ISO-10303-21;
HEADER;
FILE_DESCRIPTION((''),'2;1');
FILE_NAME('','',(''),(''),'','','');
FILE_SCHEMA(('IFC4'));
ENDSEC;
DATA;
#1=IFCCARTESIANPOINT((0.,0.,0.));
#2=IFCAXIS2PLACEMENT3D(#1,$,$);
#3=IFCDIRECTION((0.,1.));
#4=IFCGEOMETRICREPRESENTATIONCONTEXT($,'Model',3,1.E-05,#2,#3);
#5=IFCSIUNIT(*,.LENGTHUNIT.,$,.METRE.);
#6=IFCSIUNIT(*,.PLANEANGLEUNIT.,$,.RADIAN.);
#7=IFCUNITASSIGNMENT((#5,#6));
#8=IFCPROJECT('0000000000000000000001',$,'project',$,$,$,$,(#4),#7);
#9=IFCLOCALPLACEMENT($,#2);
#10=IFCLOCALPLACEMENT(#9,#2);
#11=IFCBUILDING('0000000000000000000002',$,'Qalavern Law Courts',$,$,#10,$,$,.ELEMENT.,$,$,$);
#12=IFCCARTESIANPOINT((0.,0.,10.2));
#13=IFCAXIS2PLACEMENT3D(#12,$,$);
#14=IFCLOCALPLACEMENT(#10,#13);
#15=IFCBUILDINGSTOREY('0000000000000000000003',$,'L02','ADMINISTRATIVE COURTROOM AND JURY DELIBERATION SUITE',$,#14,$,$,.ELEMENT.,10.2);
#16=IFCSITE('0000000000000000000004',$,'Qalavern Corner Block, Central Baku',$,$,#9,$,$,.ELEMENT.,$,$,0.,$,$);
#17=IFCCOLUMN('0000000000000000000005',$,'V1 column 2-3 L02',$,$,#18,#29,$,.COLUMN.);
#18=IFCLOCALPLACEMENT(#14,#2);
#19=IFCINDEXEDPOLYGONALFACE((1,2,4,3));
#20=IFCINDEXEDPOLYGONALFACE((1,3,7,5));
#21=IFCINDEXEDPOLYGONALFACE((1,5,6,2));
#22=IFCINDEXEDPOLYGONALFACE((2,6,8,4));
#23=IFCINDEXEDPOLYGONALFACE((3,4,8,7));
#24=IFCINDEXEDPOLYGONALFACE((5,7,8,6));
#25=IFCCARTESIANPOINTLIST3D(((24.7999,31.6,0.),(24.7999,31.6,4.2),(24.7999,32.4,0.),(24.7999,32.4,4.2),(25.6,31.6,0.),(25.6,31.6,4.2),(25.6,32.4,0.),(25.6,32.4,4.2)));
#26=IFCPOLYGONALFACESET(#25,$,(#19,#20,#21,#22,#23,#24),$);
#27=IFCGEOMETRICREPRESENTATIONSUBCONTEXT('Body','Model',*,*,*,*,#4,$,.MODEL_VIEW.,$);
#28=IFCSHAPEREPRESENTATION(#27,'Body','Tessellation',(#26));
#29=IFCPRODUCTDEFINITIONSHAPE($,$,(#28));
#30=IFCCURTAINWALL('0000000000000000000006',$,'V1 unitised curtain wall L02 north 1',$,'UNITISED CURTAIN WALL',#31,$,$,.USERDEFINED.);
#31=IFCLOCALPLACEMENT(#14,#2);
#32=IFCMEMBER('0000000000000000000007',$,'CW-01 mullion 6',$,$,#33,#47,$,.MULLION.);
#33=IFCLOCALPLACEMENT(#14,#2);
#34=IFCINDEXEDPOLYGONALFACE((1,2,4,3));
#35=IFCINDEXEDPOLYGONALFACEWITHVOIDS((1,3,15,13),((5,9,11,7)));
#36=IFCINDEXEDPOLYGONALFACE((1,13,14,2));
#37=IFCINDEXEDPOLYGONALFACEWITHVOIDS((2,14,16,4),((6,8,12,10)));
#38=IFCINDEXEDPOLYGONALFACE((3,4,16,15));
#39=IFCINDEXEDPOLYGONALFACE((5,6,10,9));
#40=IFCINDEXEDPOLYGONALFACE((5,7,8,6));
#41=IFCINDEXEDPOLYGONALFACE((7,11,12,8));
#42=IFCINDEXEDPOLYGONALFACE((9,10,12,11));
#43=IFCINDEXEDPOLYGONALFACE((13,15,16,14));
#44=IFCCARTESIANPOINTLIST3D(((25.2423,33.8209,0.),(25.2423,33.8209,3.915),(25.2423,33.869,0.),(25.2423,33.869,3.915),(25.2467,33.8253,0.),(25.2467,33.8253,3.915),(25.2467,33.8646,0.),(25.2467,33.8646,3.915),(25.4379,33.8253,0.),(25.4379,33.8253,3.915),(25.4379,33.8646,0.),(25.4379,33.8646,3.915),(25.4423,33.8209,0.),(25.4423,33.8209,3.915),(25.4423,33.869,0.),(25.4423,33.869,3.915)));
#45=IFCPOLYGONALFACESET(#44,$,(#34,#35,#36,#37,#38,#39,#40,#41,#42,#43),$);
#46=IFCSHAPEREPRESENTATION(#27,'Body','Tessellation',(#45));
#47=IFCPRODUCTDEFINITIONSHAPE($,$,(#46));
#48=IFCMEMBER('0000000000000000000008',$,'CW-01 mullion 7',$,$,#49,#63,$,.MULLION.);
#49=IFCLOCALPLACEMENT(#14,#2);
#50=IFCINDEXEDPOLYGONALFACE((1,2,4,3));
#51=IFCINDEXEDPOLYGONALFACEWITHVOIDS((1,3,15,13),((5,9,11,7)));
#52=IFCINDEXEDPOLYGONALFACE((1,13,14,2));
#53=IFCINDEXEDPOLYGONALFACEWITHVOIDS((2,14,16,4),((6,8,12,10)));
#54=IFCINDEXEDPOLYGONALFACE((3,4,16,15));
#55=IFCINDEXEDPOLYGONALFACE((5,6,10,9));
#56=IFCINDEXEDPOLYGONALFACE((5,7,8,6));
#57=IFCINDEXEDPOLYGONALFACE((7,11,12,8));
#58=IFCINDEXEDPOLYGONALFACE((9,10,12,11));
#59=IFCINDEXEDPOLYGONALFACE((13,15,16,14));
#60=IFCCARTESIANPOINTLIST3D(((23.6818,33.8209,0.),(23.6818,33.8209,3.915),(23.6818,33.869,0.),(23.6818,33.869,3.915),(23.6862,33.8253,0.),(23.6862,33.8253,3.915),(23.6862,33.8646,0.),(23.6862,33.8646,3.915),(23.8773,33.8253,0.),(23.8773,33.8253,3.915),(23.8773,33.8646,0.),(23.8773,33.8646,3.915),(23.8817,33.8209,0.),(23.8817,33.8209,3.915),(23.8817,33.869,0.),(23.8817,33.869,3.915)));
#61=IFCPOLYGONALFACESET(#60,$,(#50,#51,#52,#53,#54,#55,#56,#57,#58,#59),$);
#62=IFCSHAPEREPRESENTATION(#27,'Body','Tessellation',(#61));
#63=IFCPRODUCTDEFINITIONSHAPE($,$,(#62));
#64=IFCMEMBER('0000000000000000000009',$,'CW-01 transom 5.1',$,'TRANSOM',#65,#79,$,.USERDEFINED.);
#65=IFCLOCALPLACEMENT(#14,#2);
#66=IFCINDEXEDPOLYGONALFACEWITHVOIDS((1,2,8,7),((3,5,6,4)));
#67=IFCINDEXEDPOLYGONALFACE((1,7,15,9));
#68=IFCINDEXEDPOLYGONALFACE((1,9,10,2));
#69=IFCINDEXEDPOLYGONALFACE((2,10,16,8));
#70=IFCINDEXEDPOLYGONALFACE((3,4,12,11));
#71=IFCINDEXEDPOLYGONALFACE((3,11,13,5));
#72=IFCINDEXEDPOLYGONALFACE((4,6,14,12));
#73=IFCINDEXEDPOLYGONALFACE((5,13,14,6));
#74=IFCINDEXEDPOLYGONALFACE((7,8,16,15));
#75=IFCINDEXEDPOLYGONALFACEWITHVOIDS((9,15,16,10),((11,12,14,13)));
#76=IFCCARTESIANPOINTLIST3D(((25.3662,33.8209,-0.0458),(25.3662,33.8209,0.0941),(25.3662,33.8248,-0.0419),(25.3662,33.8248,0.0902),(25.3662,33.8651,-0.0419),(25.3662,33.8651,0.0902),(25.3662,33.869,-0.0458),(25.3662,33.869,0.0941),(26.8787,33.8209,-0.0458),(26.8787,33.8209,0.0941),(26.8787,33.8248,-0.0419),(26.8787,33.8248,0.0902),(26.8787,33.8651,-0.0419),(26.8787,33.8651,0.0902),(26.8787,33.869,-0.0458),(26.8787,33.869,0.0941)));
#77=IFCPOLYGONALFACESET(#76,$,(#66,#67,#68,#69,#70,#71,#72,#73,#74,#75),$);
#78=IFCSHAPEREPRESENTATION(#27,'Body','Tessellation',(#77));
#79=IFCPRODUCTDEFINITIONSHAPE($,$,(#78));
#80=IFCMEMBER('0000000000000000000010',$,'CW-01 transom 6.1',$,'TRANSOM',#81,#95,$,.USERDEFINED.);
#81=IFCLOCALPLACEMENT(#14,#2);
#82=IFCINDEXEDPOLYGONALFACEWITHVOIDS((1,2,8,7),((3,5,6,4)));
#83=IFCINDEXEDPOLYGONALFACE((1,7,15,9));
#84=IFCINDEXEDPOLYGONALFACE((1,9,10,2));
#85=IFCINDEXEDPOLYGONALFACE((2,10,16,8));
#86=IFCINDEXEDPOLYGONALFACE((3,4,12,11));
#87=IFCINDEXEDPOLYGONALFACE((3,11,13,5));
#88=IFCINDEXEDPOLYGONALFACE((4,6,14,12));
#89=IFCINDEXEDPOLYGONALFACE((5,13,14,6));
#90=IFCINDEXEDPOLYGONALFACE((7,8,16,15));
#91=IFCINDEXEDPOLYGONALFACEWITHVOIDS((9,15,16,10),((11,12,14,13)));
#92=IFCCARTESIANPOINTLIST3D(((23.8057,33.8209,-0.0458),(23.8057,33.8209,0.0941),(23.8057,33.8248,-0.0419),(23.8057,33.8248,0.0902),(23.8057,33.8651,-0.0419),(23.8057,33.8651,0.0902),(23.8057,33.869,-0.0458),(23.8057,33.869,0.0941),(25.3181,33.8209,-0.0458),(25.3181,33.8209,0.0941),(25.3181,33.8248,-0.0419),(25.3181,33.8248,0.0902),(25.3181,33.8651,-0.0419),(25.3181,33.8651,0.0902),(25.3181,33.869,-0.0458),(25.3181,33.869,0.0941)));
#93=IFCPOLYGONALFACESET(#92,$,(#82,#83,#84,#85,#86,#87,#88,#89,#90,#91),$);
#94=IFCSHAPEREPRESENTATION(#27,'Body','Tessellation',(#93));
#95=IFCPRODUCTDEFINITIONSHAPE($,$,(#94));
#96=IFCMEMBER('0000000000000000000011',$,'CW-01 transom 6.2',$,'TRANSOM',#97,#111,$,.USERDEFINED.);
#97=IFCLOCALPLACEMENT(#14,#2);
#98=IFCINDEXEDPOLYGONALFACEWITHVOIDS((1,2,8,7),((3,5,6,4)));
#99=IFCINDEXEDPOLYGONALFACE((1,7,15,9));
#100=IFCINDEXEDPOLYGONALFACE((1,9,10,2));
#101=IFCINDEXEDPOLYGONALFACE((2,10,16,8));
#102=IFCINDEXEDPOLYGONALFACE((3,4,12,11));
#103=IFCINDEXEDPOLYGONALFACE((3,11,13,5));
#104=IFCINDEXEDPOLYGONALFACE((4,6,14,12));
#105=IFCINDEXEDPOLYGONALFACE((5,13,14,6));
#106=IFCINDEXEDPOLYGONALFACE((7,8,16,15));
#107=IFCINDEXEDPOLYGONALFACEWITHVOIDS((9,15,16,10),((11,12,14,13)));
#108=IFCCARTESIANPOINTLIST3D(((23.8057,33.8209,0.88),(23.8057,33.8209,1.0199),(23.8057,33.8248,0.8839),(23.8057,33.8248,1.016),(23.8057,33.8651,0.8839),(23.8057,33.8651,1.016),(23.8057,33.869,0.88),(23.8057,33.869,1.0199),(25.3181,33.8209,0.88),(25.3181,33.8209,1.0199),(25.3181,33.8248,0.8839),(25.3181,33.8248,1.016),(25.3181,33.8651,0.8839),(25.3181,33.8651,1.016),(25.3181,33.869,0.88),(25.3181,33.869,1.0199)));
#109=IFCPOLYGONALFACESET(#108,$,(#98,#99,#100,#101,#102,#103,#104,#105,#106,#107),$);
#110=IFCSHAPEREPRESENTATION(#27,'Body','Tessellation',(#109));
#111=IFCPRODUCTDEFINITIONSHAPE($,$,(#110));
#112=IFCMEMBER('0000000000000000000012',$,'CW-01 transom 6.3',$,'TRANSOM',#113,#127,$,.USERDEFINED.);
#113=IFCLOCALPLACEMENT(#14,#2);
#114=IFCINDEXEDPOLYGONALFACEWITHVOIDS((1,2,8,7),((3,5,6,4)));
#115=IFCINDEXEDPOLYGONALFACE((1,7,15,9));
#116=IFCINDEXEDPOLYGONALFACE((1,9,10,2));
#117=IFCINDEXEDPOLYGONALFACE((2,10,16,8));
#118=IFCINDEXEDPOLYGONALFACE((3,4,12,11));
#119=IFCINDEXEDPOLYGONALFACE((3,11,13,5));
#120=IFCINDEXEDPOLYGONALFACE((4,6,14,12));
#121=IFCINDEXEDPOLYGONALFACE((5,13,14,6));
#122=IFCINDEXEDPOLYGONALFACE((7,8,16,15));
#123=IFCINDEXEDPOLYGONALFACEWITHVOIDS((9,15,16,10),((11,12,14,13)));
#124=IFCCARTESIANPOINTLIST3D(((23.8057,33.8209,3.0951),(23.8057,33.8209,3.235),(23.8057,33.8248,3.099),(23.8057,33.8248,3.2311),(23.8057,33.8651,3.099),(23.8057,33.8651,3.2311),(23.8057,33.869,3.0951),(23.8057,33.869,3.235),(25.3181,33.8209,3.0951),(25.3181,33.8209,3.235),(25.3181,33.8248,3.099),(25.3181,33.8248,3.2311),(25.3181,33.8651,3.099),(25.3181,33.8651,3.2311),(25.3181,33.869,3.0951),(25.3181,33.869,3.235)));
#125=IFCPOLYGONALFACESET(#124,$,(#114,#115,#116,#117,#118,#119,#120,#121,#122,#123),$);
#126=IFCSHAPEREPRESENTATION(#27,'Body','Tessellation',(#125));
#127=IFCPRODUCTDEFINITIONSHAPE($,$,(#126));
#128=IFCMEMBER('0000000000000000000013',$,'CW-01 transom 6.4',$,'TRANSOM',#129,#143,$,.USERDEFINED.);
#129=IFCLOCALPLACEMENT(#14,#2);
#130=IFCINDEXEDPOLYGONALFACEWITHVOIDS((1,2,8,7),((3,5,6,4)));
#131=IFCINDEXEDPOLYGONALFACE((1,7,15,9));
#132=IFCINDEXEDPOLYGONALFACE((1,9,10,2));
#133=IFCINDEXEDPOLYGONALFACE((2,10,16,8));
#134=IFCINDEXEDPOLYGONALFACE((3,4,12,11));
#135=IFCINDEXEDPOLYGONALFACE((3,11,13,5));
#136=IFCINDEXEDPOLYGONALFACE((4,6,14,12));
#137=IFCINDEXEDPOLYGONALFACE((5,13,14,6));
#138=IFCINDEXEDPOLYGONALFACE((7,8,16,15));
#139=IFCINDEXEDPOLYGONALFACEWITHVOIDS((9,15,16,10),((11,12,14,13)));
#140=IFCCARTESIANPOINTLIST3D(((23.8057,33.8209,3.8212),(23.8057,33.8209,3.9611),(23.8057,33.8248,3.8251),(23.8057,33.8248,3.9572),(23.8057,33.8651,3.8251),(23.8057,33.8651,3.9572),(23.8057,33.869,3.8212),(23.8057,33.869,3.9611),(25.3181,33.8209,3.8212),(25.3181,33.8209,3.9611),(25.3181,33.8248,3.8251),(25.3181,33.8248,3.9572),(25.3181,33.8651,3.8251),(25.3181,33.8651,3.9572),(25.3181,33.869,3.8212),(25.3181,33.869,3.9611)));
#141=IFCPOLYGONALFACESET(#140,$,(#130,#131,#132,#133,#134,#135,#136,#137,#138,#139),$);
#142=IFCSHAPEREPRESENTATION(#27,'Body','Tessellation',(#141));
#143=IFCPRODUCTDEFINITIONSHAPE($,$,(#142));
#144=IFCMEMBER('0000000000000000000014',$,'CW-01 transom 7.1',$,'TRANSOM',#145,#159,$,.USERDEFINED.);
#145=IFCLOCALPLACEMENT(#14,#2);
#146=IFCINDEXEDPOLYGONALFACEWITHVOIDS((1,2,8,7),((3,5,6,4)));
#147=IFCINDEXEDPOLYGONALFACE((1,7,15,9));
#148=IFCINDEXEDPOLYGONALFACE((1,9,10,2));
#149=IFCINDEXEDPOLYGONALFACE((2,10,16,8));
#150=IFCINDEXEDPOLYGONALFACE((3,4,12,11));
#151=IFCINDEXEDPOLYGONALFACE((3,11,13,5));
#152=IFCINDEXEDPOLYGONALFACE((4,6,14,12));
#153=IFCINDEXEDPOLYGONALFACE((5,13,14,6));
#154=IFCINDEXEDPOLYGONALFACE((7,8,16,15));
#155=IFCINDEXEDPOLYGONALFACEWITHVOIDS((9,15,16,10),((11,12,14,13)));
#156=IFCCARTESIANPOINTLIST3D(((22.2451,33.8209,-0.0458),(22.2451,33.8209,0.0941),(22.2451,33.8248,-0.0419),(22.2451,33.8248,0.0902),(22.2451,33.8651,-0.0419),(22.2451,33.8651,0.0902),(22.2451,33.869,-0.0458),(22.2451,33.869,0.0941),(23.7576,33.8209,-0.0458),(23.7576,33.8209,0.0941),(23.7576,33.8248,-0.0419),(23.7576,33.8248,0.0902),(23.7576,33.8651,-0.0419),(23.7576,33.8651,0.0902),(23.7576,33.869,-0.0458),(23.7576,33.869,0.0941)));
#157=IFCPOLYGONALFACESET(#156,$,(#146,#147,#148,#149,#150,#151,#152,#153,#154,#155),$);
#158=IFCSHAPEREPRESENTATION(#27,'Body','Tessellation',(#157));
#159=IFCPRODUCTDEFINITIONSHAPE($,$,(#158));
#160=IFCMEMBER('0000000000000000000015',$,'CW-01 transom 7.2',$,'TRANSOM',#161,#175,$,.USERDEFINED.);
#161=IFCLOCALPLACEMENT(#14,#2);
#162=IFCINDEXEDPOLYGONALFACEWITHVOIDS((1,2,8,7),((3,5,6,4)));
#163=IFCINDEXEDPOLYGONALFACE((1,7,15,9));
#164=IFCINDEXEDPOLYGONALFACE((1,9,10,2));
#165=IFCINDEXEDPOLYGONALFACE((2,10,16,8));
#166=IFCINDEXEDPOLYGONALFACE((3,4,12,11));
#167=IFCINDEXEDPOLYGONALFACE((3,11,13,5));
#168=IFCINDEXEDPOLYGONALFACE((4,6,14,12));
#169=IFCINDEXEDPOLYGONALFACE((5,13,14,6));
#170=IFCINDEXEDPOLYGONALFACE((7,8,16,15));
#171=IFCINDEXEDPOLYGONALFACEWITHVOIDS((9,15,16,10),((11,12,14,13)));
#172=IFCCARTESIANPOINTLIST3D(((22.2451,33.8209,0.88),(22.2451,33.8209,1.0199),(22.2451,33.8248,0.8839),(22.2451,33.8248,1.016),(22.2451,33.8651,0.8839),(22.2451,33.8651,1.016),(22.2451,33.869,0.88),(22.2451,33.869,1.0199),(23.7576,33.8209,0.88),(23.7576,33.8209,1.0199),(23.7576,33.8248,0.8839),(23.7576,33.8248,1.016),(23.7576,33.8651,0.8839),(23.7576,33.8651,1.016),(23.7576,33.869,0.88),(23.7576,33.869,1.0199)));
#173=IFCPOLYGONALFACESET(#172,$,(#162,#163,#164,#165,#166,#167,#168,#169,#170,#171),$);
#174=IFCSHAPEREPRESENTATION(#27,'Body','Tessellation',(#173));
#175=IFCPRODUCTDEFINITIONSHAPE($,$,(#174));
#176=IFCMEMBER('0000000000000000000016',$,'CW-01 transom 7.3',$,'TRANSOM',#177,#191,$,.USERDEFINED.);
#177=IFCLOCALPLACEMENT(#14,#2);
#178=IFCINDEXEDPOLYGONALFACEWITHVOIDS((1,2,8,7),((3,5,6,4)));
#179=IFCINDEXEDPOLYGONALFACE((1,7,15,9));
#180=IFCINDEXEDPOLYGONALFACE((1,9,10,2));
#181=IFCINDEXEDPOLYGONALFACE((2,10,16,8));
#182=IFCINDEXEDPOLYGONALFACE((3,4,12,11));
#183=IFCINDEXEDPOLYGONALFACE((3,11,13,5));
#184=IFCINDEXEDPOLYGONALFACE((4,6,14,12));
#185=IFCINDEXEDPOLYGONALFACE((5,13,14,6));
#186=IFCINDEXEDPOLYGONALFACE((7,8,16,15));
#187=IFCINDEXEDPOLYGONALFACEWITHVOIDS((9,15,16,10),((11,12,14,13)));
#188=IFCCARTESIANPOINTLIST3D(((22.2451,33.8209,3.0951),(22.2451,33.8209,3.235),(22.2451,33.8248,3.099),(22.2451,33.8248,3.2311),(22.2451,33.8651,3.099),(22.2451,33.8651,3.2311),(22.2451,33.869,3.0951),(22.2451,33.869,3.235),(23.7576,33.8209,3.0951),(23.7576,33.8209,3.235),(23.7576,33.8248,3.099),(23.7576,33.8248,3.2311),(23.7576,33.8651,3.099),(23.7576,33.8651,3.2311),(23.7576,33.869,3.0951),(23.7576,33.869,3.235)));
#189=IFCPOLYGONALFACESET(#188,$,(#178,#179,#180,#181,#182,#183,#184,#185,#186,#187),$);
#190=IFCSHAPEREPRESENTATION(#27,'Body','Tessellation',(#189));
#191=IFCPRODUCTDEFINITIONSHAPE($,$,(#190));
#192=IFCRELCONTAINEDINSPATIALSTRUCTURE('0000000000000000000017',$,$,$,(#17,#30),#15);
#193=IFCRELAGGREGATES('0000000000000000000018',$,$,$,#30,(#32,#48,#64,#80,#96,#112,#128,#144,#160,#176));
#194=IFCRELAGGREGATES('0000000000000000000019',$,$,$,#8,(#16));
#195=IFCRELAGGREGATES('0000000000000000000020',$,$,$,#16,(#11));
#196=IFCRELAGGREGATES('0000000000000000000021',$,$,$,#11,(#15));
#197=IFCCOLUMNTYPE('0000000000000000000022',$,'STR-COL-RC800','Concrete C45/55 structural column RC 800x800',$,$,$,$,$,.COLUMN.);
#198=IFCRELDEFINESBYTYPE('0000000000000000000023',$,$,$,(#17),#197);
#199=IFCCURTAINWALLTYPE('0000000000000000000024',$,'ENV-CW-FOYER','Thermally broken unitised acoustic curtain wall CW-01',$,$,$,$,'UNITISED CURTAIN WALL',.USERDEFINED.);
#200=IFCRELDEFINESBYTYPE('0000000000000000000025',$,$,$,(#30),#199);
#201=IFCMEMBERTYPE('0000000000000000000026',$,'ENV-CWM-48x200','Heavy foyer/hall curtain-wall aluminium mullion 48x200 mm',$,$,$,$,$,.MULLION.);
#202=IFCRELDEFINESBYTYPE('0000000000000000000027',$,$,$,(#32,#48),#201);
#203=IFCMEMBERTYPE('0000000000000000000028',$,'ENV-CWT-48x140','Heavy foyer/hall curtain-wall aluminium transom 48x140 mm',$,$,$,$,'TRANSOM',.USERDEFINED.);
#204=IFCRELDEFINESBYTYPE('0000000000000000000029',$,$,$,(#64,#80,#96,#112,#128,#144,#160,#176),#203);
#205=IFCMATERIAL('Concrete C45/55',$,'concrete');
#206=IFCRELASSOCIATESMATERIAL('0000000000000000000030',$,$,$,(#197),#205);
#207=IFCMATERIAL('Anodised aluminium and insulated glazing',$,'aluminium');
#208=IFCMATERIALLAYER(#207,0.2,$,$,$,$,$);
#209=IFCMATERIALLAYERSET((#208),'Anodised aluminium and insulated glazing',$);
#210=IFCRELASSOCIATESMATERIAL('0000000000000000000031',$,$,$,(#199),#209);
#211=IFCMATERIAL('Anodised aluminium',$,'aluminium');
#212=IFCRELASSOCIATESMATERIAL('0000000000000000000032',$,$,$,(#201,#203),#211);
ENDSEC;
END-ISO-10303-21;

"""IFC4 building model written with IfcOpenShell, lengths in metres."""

from ifc_helpers import new_model, si_unit, direction, frame, origin, origin_2d, place, context, subcontext, project, spatial, rectangle, hollow_rectangle, extrude, material, layer, layer_set, material_profile, profile_set, type_object, element, aggregate, save


model = new_model("IFC4")

# Units and contexts
model_context = context("Model", 3, precision=1e-05, world=origin(), true_north=direction((0.0, 1.0)))
body_context = subcontext(model_context, "Body", "Model", "MODEL_VIEW")
ifc_project = project(units=[si_unit("LENGTHUNIT", "METRE"), si_unit("PLANEANGLEUNIT", "RADIAN")], contexts=[model_context])

# Site, building, storey
site_placement = place(None, origin())
site = spatial("IfcSite", under=ifc_project, at=site_placement, Name="Qalavern Corner Block, Central Baku", CompositionType="ELEMENT", RefElevation=0.0)
building_placement = place(site_placement, origin())
building = spatial("IfcBuilding", under=site, at=building_placement, Name="Qalavern Law Courts", CompositionType="ELEMENT")
storey_placement = place(building_placement, frame((0.0, 0.0, 10.2)))
storey = spatial("IfcBuildingStorey", under=building, at=storey_placement, Name="L02", Description="ADMINISTRATIVE COURTROOM AND JURY DELIBERATION SUITE", CompositionType="ELEMENT", Elevation=10.2)

# Column
ifc_material_1 = material(Name="Concrete C45/55", Category="concrete")
ifc_material_profile_1 = material_profile(ifc_material_1, rectangle(XDim=0.8, YDim=0.8, at=origin_2d()), Name="RC 800x800")
ifc_profile_set_1 = profile_set([ifc_material_profile_1], Name="Concrete C45/55")
column_type = type_object("IfcColumnType", Name="STR-COL-RC800", Description="Concrete C45/55 structural column RC 800x800", PredefinedType="COLUMN", material=ifc_profile_set_1)
column_placement = place(storey_placement, frame((25.2, 32.0, 0.0), z_axis=(0.0, 0.0, 1.0), x_axis=(1.0, 0.0, 0.0)))
element("IfcColumn", 1, at=column_placement, inside=storey, type_object=column_type, Name="V1 column 2-3 L02", PredefinedType="COLUMN", context=body_context, shape_type="SweptSolid", body=[
    extrude(rectangle(XDim=0.8, YDim=0.8, at=origin_2d()), origin(), (0.0, 0.0, 1.0), 4.2),
])

# Curtain wall, members
ifc_material_2 = material(Name="Anodised aluminium and insulated glazing", Category="aluminium")
ifc_layer_1 = layer(ifc_material_2, 0.2)
ifc_layer_set_1 = layer_set([ifc_layer_1], Name="Anodised aluminium and insulated glazing")
curtain_wall_type = type_object("IfcCurtainWallType", Name="ENV-CW-FOYER", Description="Thermally broken unitised acoustic curtain wall CW-01", ElementType="UNITISED CURTAIN WALL", PredefinedType="USERDEFINED", material=ifc_layer_set_1)
curtain_wall_placement = place(storey_placement, origin())
curtain_wall = element("IfcCurtainWall", 2, at=curtain_wall_placement, inside=storey, type_object=curtain_wall_type, Name="V1 unitised curtain wall L02 north 1", ObjectType="UNITISED CURTAIN WALL", PredefinedType="USERDEFINED")
ifc_material_3 = material(Name="Anodised aluminium", Category="aluminium")
ifc_material_profile_2 = material_profile(ifc_material_3, hollow_rectangle(XDim=0.0481, YDim=0.2, WallThickness=0.0044, at=origin_2d()), Name="ALU MULLION 48x200")
ifc_profile_set_2 = profile_set([ifc_material_profile_2], Name="Anodised aluminium")
member_type_1 = type_object("IfcMemberType", Name="ENV-CWM-48x200", Description="Heavy foyer/hall curtain-wall aluminium mullion 48x200 mm", PredefinedType="MULLION", material=ifc_profile_set_2)
member_1_placement = place(storey_placement, frame((25.3423, 33.845, 0.0), z_axis=(0.0, 0.0, 1.0), x_axis=(0.0, -1.0, 0.0)))
member_1 = element("IfcMember", 3, at=member_1_placement, type_object=member_type_1, Name="CW-01 mullion 6", PredefinedType="MULLION", context=body_context, shape_type="SweptSolid", body=[
    extrude(hollow_rectangle(XDim=0.0481, YDim=0.2, WallThickness=0.0044, at=origin_2d()), origin(), (0.0, 0.0, 1.0), 3.915),
])
member_2_placement = place(storey_placement, frame((23.7817, 33.845, 0.0), z_axis=(0.0, 0.0, 1.0), x_axis=(0.0, -1.0, 0.0)))
member_2 = element("IfcMember", 4, at=member_2_placement, type_object=member_type_1, Name="CW-01 mullion 7", PredefinedType="MULLION", context=body_context, shape_type="SweptSolid", body=[
    extrude(hollow_rectangle(XDim=0.0481, YDim=0.2, WallThickness=0.0044, at=origin_2d()), origin(), (0.0, 0.0, 1.0), 3.915),
])
ifc_material_profile_3 = material_profile(ifc_material_3, hollow_rectangle(XDim=0.0481, YDim=0.1399, WallThickness=0.0039, at=origin_2d()), Name="ALU TRANSOM 48x140")
ifc_profile_set_3 = profile_set([ifc_material_profile_3], Name="Anodised aluminium")
member_type_2 = type_object("IfcMemberType", Name="ENV-CWT-48x140", Description="Heavy foyer/hall curtain-wall aluminium transom 48x140 mm", ElementType="TRANSOM", PredefinedType="USERDEFINED", material=ifc_profile_set_3)
member_3_placement = place(storey_placement, frame((26.8787, 33.845, 0.0242), z_axis=(-1.0, 0.0, 0.0), x_axis=(0.0, -1.0, 0.0)))
member_3 = element("IfcMember", 5, at=member_3_placement, type_object=member_type_2, Name="CW-01 transom 5.1", ObjectType="TRANSOM", PredefinedType="USERDEFINED", context=body_context, shape_type="SweptSolid", body=[
    extrude(hollow_rectangle(XDim=0.0481, YDim=0.1399, WallThickness=0.0039, at=origin_2d()), origin(), (0.0, 0.0, 1.0), 1.5125),
])
member_4_placement = place(storey_placement, frame((25.3181, 33.845, 0.0242), z_axis=(-1.0, 0.0, 0.0), x_axis=(0.0, -1.0, 0.0)))
member_4 = element("IfcMember", 6, at=member_4_placement, type_object=member_type_2, Name="CW-01 transom 6.1", ObjectType="TRANSOM", PredefinedType="USERDEFINED", context=body_context, shape_type="SweptSolid", body=[
    extrude(hollow_rectangle(XDim=0.0481, YDim=0.1399, WallThickness=0.0039, at=origin_2d()), origin(), (0.0, 0.0, 1.0), 1.5125),
])
member_5_placement = place(storey_placement, frame((25.3181, 33.845, 0.95), z_axis=(-1.0, 0.0, 0.0), x_axis=(0.0, -1.0, 0.0)))
member_5 = element("IfcMember", 7, at=member_5_placement, type_object=member_type_2, Name="CW-01 transom 6.2", ObjectType="TRANSOM", PredefinedType="USERDEFINED", context=body_context, shape_type="SweptSolid", body=[
    extrude(hollow_rectangle(XDim=0.0481, YDim=0.1399, WallThickness=0.0039, at=origin_2d()), origin(), (0.0, 0.0, 1.0), 1.5125),
])
member_6_placement = place(storey_placement, frame((25.3181, 33.845, 3.165), z_axis=(-1.0, 0.0, 0.0), x_axis=(0.0, -1.0, 0.0)))
member_6 = element("IfcMember", 8, at=member_6_placement, type_object=member_type_2, Name="CW-01 transom 6.3", ObjectType="TRANSOM", PredefinedType="USERDEFINED", context=body_context, shape_type="SweptSolid", body=[
    extrude(hollow_rectangle(XDim=0.0481, YDim=0.1399, WallThickness=0.0039, at=origin_2d()), origin(), (0.0, 0.0, 1.0), 1.5125),
])
member_7_placement = place(storey_placement, frame((25.3181, 33.845, 3.8911), z_axis=(-1.0, 0.0, 0.0), x_axis=(0.0, -1.0, 0.0)))
member_7 = element("IfcMember", 9, at=member_7_placement, type_object=member_type_2, Name="CW-01 transom 6.4", ObjectType="TRANSOM", PredefinedType="USERDEFINED", context=body_context, shape_type="SweptSolid", body=[
    extrude(hollow_rectangle(XDim=0.0481, YDim=0.1399, WallThickness=0.0039, at=origin_2d()), origin(), (0.0, 0.0, 1.0), 1.5125),
])
member_8_placement = place(storey_placement, frame((23.7576, 33.845, 0.0242), z_axis=(-1.0, 0.0, 0.0), x_axis=(0.0, -1.0, 0.0)))
member_8 = element("IfcMember", 10, at=member_8_placement, type_object=member_type_2, Name="CW-01 transom 7.1", ObjectType="TRANSOM", PredefinedType="USERDEFINED", context=body_context, shape_type="SweptSolid", body=[
    extrude(hollow_rectangle(XDim=0.0481, YDim=0.1399, WallThickness=0.0039, at=origin_2d()), origin(), (0.0, 0.0, 1.0), 1.5125),
])
member_9_placement = place(storey_placement, frame((23.7576, 33.845, 0.95), z_axis=(-1.0, 0.0, 0.0), x_axis=(0.0, -1.0, 0.0)))
member_9 = element("IfcMember", 11, at=member_9_placement, type_object=member_type_2, Name="CW-01 transom 7.2", ObjectType="TRANSOM", PredefinedType="USERDEFINED", context=body_context, shape_type="SweptSolid", body=[
    extrude(hollow_rectangle(XDim=0.0481, YDim=0.1399, WallThickness=0.0039, at=origin_2d()), origin(), (0.0, 0.0, 1.0), 1.5125),
])
member_10_placement = place(storey_placement, frame((23.7576, 33.845, 3.165), z_axis=(-1.0, 0.0, 0.0), x_axis=(0.0, -1.0, 0.0)))
member_10 = element("IfcMember", 12, at=member_10_placement, type_object=member_type_2, Name="CW-01 transom 7.3", ObjectType="TRANSOM", PredefinedType="USERDEFINED", context=body_context, shape_type="SweptSolid", body=[
    extrude(hollow_rectangle(XDim=0.0481, YDim=0.1399, WallThickness=0.0039, at=origin_2d()), origin(), (0.0, 0.0, 1.0), 1.5125),
])

aggregate(curtain_wall, [member_1, member_2, member_3, member_4, member_5, member_6, member_7, member_8, member_9, member_10])

save(model, "model.ifc")
